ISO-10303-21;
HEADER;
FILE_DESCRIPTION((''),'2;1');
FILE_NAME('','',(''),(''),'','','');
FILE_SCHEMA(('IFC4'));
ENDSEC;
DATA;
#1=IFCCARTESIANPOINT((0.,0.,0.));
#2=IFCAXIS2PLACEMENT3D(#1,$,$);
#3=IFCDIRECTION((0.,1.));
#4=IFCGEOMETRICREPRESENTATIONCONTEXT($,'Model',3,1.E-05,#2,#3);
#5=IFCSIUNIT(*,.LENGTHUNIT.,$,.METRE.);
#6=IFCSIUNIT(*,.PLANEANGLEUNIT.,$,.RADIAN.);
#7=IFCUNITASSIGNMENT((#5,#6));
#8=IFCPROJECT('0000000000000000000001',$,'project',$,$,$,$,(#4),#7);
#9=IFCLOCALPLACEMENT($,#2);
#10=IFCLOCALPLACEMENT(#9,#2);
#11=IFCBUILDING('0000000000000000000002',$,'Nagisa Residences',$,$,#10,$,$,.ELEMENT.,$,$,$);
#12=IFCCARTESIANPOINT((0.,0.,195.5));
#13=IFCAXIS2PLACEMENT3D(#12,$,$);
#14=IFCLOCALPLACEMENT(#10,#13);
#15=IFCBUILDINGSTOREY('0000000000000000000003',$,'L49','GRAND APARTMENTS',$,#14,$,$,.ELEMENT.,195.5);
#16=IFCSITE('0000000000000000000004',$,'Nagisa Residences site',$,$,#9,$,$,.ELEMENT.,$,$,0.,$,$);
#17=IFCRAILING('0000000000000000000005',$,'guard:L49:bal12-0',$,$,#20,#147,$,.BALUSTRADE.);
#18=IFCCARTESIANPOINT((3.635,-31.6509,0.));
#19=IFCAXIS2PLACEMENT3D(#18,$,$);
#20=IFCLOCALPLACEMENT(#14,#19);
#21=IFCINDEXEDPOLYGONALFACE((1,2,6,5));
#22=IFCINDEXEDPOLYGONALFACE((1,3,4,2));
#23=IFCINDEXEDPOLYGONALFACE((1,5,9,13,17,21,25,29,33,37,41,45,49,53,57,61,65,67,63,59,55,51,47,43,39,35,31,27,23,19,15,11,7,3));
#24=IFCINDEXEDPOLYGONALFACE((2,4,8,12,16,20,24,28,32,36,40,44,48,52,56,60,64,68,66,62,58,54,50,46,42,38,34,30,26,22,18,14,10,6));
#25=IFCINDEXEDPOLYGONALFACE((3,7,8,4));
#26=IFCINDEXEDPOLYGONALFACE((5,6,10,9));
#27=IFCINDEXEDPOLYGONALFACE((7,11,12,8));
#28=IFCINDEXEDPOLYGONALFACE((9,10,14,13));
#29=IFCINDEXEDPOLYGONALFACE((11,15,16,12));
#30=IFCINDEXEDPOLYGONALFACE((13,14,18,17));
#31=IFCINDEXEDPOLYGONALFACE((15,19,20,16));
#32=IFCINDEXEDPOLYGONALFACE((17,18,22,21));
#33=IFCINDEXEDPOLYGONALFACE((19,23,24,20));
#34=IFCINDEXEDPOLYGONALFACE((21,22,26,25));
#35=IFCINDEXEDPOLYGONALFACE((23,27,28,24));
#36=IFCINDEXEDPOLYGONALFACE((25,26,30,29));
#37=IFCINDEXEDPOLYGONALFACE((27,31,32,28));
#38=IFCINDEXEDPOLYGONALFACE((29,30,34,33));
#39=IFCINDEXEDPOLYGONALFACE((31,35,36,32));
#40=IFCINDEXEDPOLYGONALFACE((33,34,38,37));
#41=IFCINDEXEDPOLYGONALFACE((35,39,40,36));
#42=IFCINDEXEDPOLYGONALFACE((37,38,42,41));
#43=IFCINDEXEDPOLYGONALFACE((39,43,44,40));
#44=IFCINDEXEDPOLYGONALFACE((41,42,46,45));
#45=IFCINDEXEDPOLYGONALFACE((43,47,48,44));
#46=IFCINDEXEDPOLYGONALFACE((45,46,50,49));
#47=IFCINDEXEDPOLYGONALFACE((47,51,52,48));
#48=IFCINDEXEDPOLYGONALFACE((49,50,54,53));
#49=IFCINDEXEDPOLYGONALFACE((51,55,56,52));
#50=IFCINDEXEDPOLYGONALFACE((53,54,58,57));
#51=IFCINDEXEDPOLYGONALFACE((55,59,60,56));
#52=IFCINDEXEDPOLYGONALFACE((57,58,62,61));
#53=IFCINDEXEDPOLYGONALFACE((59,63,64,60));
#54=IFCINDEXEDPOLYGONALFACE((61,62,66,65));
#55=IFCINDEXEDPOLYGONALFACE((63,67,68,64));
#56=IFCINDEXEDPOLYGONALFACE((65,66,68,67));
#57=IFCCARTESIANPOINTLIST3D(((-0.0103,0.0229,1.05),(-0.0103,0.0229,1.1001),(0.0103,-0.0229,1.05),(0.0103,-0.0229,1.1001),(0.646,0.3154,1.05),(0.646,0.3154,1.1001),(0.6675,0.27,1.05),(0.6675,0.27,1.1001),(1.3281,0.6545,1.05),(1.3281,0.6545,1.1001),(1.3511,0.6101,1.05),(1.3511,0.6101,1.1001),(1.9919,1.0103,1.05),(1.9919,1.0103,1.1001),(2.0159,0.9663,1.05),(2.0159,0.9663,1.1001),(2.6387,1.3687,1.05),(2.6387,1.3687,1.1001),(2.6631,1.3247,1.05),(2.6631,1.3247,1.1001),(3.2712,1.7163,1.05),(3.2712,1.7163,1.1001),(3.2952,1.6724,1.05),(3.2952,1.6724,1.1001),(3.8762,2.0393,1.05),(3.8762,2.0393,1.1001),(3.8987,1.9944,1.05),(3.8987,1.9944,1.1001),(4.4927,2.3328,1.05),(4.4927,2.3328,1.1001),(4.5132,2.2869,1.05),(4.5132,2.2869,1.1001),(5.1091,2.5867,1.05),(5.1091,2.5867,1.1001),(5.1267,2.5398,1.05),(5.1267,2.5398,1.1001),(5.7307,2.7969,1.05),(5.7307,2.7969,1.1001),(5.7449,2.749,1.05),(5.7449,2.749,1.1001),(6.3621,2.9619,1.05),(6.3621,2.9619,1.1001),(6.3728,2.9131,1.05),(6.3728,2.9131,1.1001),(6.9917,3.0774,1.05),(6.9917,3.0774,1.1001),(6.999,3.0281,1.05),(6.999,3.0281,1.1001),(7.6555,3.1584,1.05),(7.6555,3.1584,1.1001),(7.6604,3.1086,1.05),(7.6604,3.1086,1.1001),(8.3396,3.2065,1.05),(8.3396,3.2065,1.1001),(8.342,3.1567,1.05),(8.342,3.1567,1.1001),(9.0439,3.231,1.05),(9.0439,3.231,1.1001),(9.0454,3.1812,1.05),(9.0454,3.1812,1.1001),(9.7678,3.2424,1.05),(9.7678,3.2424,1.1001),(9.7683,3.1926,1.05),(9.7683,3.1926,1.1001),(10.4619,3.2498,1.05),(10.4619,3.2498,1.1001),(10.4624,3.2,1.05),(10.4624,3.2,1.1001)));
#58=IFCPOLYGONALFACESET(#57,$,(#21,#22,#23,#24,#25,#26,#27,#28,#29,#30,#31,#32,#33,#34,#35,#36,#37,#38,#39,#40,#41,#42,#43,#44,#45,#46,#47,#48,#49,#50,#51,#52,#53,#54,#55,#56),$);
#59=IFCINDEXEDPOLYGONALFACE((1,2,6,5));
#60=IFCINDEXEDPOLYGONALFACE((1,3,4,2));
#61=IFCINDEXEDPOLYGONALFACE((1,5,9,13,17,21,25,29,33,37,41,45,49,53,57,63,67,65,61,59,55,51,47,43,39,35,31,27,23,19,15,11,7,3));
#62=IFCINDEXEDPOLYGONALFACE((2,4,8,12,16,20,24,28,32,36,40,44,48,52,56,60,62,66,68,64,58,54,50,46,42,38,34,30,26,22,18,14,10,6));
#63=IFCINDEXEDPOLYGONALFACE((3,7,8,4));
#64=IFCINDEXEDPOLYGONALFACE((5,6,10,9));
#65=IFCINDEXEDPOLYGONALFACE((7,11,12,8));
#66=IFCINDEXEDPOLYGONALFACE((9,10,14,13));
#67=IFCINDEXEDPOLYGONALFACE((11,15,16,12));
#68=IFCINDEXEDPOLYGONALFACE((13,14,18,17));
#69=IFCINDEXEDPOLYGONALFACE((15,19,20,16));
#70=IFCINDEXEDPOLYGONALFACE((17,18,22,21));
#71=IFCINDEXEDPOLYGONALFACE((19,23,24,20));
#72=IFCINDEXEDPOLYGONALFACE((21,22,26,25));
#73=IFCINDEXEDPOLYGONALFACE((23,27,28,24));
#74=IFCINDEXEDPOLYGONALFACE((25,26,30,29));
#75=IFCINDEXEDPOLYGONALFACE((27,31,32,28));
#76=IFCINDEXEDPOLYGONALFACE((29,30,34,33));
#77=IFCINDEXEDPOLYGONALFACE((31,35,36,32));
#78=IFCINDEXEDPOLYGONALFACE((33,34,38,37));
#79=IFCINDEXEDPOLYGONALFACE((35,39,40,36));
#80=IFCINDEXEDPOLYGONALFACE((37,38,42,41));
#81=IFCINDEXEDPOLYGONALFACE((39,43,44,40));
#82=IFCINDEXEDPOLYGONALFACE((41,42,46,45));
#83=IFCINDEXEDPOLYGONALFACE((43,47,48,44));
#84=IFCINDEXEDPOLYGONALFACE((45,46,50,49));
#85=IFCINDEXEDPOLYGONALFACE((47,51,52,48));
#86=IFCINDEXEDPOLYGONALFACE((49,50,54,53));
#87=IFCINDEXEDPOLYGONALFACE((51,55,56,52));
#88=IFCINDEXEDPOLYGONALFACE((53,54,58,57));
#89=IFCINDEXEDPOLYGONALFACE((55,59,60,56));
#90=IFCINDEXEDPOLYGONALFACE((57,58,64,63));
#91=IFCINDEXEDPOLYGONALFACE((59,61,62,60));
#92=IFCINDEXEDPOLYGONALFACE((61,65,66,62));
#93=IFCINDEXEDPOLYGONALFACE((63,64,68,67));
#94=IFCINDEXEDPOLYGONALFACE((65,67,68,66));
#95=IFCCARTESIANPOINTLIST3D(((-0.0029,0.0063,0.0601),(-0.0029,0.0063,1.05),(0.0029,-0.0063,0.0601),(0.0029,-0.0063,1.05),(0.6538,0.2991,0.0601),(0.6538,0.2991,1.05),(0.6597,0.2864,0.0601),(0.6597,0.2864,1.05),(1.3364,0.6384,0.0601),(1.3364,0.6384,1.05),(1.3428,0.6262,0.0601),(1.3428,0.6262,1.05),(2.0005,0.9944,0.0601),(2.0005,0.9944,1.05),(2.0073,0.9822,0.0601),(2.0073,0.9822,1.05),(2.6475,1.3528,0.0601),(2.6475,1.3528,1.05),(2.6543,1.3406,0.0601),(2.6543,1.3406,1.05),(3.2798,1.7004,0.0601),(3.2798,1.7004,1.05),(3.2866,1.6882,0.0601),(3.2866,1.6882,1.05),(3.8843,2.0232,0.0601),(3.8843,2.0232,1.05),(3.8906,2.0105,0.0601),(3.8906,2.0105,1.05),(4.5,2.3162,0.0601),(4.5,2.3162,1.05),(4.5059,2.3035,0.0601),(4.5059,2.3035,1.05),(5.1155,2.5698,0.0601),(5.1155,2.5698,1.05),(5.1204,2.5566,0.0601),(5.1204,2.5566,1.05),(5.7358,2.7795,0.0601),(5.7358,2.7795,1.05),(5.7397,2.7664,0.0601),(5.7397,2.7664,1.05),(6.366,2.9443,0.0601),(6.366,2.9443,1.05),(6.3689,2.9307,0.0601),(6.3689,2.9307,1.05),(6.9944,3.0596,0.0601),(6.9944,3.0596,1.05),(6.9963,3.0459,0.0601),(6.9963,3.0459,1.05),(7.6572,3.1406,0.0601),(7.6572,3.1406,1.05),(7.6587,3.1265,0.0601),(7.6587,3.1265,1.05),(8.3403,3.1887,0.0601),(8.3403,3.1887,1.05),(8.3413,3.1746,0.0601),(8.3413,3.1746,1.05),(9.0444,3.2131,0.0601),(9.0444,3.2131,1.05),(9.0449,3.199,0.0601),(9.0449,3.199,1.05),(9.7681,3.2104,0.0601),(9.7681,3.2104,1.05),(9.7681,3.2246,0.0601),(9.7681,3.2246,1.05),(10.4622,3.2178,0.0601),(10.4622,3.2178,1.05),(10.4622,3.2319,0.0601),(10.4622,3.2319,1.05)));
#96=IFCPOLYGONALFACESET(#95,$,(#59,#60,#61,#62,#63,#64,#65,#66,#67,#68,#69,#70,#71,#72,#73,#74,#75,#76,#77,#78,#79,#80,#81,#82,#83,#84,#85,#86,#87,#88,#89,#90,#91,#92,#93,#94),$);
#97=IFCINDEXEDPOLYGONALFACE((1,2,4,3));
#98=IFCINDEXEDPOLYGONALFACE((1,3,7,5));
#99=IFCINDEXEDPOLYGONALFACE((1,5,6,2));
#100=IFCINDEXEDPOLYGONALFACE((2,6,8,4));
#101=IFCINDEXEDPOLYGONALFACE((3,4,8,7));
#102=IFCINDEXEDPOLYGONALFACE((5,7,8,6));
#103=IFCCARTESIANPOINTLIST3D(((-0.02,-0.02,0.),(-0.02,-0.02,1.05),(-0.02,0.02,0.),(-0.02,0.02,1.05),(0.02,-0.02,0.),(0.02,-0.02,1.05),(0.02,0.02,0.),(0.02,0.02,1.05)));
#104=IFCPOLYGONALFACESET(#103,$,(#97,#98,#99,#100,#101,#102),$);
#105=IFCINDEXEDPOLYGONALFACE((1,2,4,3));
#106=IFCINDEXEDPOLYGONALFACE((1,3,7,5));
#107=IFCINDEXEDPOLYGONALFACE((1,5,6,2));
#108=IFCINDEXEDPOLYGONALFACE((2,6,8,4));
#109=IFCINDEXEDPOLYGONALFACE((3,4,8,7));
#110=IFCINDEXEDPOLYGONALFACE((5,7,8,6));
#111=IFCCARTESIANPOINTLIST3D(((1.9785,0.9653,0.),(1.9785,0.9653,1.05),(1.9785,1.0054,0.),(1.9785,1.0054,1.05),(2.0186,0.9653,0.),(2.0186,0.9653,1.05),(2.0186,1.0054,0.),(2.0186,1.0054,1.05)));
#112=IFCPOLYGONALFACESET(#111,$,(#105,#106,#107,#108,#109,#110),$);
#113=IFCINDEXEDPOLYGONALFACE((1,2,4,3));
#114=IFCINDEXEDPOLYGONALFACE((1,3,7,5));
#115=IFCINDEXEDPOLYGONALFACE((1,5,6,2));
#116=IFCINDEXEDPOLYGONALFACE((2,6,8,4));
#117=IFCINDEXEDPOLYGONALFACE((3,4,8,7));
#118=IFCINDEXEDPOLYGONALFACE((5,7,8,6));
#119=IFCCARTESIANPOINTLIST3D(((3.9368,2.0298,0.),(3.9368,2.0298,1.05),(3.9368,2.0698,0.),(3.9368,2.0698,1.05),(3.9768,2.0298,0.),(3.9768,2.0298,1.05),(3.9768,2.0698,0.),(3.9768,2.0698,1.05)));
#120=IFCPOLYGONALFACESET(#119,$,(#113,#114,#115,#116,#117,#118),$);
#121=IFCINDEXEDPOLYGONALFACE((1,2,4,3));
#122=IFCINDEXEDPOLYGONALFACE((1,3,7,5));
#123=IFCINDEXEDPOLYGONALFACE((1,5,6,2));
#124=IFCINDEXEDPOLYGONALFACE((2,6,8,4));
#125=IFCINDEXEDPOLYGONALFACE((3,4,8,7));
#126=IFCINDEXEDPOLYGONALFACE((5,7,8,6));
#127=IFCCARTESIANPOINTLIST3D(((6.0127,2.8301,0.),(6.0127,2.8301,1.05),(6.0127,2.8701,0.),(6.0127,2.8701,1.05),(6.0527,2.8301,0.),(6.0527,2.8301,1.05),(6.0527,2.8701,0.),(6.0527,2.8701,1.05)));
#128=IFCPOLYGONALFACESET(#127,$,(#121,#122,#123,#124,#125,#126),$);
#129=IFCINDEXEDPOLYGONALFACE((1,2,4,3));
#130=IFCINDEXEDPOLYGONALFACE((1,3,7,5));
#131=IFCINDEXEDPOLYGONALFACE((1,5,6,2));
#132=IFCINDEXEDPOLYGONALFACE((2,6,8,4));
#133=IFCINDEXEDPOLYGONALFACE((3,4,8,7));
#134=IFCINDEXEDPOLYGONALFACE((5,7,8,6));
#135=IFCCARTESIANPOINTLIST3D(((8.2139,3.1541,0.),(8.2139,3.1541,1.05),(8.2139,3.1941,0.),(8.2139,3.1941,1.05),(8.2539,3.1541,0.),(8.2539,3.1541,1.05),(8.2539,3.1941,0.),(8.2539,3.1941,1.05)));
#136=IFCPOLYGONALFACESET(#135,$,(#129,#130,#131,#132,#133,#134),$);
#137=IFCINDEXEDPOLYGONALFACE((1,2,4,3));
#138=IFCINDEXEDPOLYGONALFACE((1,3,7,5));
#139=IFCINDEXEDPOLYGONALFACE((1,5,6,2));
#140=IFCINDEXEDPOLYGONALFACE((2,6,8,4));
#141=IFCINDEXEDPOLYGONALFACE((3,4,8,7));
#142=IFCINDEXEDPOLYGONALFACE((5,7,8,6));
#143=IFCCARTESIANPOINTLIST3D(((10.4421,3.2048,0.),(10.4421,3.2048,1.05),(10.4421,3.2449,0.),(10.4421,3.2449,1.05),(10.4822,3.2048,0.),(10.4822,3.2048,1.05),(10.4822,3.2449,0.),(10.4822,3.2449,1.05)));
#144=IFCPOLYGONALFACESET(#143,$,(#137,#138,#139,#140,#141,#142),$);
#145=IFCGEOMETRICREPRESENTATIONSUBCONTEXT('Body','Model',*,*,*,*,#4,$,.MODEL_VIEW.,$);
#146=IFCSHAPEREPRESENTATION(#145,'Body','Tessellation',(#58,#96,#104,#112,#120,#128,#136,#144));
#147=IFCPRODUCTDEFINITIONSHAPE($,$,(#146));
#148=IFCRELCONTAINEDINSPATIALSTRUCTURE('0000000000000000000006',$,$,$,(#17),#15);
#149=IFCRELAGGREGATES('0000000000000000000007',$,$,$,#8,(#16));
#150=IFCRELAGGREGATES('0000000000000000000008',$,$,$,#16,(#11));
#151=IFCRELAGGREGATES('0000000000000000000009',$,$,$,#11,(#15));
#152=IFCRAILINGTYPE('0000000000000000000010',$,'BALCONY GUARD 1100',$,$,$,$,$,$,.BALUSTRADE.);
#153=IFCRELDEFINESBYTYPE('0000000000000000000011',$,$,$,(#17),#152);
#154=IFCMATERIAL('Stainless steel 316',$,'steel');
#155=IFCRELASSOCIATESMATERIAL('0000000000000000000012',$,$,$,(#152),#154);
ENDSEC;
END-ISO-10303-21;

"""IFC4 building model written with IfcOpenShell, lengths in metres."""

from ifc_helpers import new_model, si_unit, direction, frame, origin, origin_2d, place, context, subcontext, project, spatial, polyline, rectangle, outline, extrude, material, type_object, element, save


model = new_model("IFC4")

# Units and contexts
model_context = context("Model", 3, precision=1e-05, world=origin(), true_north=direction((0.0, 1.0)))
body_context = subcontext(model_context, "Body", "Model", "MODEL_VIEW")
ifc_project = project(units=[si_unit("LENGTHUNIT", "METRE"), si_unit("PLANEANGLEUNIT", "RADIAN")], contexts=[model_context])

# Site, building, storey
site_placement = place(None, origin())
site = spatial("IfcSite", under=ifc_project, at=site_placement, Name="Nagisa Residences site", CompositionType="ELEMENT", RefElevation=0.0)
building_placement = place(site_placement, origin())
building = spatial("IfcBuilding", under=site, at=building_placement, Name="Nagisa Residences", CompositionType="ELEMENT")
storey_placement = place(building_placement, frame((0.0, 0.0, 195.5)))
storey = spatial("IfcBuildingStorey", under=building, at=storey_placement, Name="L49", Description="GRAND APARTMENTS", CompositionType="ELEMENT", Elevation=195.5)

# Railing
ifc_material_1 = material(Name="Stainless steel 316", Category="steel")
railing_type = type_object("IfcRailingType", Name="BALCONY GUARD 1100", PredefinedType="BALUSTRADE", material=ifc_material_1)
railing_placement = place(storey_placement, frame((3.635, -31.6509, 0.0)))
element("IfcRailing", 1, at=railing_placement, inside=storey, type_object=railing_type, Name="guard:L49:bal12-0", PredefinedType="BALUSTRADE", context=body_context, shape_type="SweptSolid", body=[
    extrude(outline(polyline([(0.646, 0.3154), (-0.0103, 0.0229), (0.0103, -0.0229), (0.6675, 0.27), (1.3511, 0.6101), (2.0159, 0.9663), (2.6631, 1.3247), (3.2952, 1.6724), (3.8987, 1.9944), (4.5132, 2.2869), (5.1267, 2.5398), (5.7449, 2.749), (6.3728, 2.9131), (6.999, 3.0281), (7.6604, 3.1086), (8.342, 3.1567), (9.0454, 3.1812), (9.7683, 3.1926), (10.4624, 3.2), (10.4619, 3.2498), (9.7678, 3.2424), (9.0439, 3.231), (8.3396, 3.2065), (7.6555, 3.1584), (6.9917, 3.0774), (6.3621, 2.9619), (5.7307, 2.7969), (5.1091, 2.5867), (4.4927, 2.3328), (3.8762, 2.0393), (3.2712, 1.7163), (2.6387, 1.3687), (1.9919, 1.0103), (1.3281, 0.6545), (0.646, 0.3154)])), frame((0.0, 0.0, 1.05)), (0.0, 0.0, 1.0), 0.05),
    extrude(outline(polyline([(0.6538, 0.2991), (-0.0029, 0.0063), (0.0029, -0.0063), (0.6597, 0.2864), (1.3428, 0.6262), (2.0073, 0.9822), (2.6543, 1.3406), (3.2866, 1.6882), (3.8906, 2.0105), (4.5059, 2.3035), (5.1204, 2.5566), (5.7397, 2.7664), (6.3689, 2.9307), (6.9963, 3.0459), (7.6587, 3.1265), (8.3413, 3.1746), (9.0449, 3.199), (9.7681, 3.2104), (10.4622, 3.2178), (10.4622, 3.2319), (9.7681, 3.2246), (9.0444, 3.2131), (8.3403, 3.1887), (7.6572, 3.1406), (6.9944, 3.0596), (6.366, 2.9443), (5.7358, 2.7795), (5.1155, 2.5698), (4.5, 2.3162), (3.8843, 2.0232), (3.2798, 1.7004), (2.6475, 1.3528), (2.0005, 0.9944), (1.3364, 0.6384), (0.6538, 0.2991)])), frame((0.0, 0.0, 0.0601)), (0.0, 0.0, 1.0), 0.99),
    extrude(rectangle(XDim=0.04, YDim=0.04, at=origin_2d()), origin(), (0.0, 0.0, 1.0), 1.05),
    extrude(rectangle(XDim=0.04, YDim=0.04, at=origin_2d()), frame((1.9985, 0.9854, 0.0)), (0.0, 0.0, 1.0), 1.05),
    extrude(rectangle(XDim=0.04, YDim=0.04, at=origin_2d()), frame((3.9568, 2.0498, 0.0)), (0.0, 0.0, 1.0), 1.05),
    extrude(rectangle(XDim=0.04, YDim=0.04, at=origin_2d()), frame((6.0327, 2.8501, 0.0)), (0.0, 0.0, 1.0), 1.05),
    extrude(rectangle(XDim=0.04, YDim=0.04, at=origin_2d()), frame((8.2339, 3.1741, 0.0)), (0.0, 0.0, 1.0), 1.05),
    extrude(rectangle(XDim=0.04, YDim=0.04, at=origin_2d()), frame((10.4622, 3.2249, 0.0)), (0.0, 0.0, 1.0), 1.05),
])

save(model, "model.ifc")
